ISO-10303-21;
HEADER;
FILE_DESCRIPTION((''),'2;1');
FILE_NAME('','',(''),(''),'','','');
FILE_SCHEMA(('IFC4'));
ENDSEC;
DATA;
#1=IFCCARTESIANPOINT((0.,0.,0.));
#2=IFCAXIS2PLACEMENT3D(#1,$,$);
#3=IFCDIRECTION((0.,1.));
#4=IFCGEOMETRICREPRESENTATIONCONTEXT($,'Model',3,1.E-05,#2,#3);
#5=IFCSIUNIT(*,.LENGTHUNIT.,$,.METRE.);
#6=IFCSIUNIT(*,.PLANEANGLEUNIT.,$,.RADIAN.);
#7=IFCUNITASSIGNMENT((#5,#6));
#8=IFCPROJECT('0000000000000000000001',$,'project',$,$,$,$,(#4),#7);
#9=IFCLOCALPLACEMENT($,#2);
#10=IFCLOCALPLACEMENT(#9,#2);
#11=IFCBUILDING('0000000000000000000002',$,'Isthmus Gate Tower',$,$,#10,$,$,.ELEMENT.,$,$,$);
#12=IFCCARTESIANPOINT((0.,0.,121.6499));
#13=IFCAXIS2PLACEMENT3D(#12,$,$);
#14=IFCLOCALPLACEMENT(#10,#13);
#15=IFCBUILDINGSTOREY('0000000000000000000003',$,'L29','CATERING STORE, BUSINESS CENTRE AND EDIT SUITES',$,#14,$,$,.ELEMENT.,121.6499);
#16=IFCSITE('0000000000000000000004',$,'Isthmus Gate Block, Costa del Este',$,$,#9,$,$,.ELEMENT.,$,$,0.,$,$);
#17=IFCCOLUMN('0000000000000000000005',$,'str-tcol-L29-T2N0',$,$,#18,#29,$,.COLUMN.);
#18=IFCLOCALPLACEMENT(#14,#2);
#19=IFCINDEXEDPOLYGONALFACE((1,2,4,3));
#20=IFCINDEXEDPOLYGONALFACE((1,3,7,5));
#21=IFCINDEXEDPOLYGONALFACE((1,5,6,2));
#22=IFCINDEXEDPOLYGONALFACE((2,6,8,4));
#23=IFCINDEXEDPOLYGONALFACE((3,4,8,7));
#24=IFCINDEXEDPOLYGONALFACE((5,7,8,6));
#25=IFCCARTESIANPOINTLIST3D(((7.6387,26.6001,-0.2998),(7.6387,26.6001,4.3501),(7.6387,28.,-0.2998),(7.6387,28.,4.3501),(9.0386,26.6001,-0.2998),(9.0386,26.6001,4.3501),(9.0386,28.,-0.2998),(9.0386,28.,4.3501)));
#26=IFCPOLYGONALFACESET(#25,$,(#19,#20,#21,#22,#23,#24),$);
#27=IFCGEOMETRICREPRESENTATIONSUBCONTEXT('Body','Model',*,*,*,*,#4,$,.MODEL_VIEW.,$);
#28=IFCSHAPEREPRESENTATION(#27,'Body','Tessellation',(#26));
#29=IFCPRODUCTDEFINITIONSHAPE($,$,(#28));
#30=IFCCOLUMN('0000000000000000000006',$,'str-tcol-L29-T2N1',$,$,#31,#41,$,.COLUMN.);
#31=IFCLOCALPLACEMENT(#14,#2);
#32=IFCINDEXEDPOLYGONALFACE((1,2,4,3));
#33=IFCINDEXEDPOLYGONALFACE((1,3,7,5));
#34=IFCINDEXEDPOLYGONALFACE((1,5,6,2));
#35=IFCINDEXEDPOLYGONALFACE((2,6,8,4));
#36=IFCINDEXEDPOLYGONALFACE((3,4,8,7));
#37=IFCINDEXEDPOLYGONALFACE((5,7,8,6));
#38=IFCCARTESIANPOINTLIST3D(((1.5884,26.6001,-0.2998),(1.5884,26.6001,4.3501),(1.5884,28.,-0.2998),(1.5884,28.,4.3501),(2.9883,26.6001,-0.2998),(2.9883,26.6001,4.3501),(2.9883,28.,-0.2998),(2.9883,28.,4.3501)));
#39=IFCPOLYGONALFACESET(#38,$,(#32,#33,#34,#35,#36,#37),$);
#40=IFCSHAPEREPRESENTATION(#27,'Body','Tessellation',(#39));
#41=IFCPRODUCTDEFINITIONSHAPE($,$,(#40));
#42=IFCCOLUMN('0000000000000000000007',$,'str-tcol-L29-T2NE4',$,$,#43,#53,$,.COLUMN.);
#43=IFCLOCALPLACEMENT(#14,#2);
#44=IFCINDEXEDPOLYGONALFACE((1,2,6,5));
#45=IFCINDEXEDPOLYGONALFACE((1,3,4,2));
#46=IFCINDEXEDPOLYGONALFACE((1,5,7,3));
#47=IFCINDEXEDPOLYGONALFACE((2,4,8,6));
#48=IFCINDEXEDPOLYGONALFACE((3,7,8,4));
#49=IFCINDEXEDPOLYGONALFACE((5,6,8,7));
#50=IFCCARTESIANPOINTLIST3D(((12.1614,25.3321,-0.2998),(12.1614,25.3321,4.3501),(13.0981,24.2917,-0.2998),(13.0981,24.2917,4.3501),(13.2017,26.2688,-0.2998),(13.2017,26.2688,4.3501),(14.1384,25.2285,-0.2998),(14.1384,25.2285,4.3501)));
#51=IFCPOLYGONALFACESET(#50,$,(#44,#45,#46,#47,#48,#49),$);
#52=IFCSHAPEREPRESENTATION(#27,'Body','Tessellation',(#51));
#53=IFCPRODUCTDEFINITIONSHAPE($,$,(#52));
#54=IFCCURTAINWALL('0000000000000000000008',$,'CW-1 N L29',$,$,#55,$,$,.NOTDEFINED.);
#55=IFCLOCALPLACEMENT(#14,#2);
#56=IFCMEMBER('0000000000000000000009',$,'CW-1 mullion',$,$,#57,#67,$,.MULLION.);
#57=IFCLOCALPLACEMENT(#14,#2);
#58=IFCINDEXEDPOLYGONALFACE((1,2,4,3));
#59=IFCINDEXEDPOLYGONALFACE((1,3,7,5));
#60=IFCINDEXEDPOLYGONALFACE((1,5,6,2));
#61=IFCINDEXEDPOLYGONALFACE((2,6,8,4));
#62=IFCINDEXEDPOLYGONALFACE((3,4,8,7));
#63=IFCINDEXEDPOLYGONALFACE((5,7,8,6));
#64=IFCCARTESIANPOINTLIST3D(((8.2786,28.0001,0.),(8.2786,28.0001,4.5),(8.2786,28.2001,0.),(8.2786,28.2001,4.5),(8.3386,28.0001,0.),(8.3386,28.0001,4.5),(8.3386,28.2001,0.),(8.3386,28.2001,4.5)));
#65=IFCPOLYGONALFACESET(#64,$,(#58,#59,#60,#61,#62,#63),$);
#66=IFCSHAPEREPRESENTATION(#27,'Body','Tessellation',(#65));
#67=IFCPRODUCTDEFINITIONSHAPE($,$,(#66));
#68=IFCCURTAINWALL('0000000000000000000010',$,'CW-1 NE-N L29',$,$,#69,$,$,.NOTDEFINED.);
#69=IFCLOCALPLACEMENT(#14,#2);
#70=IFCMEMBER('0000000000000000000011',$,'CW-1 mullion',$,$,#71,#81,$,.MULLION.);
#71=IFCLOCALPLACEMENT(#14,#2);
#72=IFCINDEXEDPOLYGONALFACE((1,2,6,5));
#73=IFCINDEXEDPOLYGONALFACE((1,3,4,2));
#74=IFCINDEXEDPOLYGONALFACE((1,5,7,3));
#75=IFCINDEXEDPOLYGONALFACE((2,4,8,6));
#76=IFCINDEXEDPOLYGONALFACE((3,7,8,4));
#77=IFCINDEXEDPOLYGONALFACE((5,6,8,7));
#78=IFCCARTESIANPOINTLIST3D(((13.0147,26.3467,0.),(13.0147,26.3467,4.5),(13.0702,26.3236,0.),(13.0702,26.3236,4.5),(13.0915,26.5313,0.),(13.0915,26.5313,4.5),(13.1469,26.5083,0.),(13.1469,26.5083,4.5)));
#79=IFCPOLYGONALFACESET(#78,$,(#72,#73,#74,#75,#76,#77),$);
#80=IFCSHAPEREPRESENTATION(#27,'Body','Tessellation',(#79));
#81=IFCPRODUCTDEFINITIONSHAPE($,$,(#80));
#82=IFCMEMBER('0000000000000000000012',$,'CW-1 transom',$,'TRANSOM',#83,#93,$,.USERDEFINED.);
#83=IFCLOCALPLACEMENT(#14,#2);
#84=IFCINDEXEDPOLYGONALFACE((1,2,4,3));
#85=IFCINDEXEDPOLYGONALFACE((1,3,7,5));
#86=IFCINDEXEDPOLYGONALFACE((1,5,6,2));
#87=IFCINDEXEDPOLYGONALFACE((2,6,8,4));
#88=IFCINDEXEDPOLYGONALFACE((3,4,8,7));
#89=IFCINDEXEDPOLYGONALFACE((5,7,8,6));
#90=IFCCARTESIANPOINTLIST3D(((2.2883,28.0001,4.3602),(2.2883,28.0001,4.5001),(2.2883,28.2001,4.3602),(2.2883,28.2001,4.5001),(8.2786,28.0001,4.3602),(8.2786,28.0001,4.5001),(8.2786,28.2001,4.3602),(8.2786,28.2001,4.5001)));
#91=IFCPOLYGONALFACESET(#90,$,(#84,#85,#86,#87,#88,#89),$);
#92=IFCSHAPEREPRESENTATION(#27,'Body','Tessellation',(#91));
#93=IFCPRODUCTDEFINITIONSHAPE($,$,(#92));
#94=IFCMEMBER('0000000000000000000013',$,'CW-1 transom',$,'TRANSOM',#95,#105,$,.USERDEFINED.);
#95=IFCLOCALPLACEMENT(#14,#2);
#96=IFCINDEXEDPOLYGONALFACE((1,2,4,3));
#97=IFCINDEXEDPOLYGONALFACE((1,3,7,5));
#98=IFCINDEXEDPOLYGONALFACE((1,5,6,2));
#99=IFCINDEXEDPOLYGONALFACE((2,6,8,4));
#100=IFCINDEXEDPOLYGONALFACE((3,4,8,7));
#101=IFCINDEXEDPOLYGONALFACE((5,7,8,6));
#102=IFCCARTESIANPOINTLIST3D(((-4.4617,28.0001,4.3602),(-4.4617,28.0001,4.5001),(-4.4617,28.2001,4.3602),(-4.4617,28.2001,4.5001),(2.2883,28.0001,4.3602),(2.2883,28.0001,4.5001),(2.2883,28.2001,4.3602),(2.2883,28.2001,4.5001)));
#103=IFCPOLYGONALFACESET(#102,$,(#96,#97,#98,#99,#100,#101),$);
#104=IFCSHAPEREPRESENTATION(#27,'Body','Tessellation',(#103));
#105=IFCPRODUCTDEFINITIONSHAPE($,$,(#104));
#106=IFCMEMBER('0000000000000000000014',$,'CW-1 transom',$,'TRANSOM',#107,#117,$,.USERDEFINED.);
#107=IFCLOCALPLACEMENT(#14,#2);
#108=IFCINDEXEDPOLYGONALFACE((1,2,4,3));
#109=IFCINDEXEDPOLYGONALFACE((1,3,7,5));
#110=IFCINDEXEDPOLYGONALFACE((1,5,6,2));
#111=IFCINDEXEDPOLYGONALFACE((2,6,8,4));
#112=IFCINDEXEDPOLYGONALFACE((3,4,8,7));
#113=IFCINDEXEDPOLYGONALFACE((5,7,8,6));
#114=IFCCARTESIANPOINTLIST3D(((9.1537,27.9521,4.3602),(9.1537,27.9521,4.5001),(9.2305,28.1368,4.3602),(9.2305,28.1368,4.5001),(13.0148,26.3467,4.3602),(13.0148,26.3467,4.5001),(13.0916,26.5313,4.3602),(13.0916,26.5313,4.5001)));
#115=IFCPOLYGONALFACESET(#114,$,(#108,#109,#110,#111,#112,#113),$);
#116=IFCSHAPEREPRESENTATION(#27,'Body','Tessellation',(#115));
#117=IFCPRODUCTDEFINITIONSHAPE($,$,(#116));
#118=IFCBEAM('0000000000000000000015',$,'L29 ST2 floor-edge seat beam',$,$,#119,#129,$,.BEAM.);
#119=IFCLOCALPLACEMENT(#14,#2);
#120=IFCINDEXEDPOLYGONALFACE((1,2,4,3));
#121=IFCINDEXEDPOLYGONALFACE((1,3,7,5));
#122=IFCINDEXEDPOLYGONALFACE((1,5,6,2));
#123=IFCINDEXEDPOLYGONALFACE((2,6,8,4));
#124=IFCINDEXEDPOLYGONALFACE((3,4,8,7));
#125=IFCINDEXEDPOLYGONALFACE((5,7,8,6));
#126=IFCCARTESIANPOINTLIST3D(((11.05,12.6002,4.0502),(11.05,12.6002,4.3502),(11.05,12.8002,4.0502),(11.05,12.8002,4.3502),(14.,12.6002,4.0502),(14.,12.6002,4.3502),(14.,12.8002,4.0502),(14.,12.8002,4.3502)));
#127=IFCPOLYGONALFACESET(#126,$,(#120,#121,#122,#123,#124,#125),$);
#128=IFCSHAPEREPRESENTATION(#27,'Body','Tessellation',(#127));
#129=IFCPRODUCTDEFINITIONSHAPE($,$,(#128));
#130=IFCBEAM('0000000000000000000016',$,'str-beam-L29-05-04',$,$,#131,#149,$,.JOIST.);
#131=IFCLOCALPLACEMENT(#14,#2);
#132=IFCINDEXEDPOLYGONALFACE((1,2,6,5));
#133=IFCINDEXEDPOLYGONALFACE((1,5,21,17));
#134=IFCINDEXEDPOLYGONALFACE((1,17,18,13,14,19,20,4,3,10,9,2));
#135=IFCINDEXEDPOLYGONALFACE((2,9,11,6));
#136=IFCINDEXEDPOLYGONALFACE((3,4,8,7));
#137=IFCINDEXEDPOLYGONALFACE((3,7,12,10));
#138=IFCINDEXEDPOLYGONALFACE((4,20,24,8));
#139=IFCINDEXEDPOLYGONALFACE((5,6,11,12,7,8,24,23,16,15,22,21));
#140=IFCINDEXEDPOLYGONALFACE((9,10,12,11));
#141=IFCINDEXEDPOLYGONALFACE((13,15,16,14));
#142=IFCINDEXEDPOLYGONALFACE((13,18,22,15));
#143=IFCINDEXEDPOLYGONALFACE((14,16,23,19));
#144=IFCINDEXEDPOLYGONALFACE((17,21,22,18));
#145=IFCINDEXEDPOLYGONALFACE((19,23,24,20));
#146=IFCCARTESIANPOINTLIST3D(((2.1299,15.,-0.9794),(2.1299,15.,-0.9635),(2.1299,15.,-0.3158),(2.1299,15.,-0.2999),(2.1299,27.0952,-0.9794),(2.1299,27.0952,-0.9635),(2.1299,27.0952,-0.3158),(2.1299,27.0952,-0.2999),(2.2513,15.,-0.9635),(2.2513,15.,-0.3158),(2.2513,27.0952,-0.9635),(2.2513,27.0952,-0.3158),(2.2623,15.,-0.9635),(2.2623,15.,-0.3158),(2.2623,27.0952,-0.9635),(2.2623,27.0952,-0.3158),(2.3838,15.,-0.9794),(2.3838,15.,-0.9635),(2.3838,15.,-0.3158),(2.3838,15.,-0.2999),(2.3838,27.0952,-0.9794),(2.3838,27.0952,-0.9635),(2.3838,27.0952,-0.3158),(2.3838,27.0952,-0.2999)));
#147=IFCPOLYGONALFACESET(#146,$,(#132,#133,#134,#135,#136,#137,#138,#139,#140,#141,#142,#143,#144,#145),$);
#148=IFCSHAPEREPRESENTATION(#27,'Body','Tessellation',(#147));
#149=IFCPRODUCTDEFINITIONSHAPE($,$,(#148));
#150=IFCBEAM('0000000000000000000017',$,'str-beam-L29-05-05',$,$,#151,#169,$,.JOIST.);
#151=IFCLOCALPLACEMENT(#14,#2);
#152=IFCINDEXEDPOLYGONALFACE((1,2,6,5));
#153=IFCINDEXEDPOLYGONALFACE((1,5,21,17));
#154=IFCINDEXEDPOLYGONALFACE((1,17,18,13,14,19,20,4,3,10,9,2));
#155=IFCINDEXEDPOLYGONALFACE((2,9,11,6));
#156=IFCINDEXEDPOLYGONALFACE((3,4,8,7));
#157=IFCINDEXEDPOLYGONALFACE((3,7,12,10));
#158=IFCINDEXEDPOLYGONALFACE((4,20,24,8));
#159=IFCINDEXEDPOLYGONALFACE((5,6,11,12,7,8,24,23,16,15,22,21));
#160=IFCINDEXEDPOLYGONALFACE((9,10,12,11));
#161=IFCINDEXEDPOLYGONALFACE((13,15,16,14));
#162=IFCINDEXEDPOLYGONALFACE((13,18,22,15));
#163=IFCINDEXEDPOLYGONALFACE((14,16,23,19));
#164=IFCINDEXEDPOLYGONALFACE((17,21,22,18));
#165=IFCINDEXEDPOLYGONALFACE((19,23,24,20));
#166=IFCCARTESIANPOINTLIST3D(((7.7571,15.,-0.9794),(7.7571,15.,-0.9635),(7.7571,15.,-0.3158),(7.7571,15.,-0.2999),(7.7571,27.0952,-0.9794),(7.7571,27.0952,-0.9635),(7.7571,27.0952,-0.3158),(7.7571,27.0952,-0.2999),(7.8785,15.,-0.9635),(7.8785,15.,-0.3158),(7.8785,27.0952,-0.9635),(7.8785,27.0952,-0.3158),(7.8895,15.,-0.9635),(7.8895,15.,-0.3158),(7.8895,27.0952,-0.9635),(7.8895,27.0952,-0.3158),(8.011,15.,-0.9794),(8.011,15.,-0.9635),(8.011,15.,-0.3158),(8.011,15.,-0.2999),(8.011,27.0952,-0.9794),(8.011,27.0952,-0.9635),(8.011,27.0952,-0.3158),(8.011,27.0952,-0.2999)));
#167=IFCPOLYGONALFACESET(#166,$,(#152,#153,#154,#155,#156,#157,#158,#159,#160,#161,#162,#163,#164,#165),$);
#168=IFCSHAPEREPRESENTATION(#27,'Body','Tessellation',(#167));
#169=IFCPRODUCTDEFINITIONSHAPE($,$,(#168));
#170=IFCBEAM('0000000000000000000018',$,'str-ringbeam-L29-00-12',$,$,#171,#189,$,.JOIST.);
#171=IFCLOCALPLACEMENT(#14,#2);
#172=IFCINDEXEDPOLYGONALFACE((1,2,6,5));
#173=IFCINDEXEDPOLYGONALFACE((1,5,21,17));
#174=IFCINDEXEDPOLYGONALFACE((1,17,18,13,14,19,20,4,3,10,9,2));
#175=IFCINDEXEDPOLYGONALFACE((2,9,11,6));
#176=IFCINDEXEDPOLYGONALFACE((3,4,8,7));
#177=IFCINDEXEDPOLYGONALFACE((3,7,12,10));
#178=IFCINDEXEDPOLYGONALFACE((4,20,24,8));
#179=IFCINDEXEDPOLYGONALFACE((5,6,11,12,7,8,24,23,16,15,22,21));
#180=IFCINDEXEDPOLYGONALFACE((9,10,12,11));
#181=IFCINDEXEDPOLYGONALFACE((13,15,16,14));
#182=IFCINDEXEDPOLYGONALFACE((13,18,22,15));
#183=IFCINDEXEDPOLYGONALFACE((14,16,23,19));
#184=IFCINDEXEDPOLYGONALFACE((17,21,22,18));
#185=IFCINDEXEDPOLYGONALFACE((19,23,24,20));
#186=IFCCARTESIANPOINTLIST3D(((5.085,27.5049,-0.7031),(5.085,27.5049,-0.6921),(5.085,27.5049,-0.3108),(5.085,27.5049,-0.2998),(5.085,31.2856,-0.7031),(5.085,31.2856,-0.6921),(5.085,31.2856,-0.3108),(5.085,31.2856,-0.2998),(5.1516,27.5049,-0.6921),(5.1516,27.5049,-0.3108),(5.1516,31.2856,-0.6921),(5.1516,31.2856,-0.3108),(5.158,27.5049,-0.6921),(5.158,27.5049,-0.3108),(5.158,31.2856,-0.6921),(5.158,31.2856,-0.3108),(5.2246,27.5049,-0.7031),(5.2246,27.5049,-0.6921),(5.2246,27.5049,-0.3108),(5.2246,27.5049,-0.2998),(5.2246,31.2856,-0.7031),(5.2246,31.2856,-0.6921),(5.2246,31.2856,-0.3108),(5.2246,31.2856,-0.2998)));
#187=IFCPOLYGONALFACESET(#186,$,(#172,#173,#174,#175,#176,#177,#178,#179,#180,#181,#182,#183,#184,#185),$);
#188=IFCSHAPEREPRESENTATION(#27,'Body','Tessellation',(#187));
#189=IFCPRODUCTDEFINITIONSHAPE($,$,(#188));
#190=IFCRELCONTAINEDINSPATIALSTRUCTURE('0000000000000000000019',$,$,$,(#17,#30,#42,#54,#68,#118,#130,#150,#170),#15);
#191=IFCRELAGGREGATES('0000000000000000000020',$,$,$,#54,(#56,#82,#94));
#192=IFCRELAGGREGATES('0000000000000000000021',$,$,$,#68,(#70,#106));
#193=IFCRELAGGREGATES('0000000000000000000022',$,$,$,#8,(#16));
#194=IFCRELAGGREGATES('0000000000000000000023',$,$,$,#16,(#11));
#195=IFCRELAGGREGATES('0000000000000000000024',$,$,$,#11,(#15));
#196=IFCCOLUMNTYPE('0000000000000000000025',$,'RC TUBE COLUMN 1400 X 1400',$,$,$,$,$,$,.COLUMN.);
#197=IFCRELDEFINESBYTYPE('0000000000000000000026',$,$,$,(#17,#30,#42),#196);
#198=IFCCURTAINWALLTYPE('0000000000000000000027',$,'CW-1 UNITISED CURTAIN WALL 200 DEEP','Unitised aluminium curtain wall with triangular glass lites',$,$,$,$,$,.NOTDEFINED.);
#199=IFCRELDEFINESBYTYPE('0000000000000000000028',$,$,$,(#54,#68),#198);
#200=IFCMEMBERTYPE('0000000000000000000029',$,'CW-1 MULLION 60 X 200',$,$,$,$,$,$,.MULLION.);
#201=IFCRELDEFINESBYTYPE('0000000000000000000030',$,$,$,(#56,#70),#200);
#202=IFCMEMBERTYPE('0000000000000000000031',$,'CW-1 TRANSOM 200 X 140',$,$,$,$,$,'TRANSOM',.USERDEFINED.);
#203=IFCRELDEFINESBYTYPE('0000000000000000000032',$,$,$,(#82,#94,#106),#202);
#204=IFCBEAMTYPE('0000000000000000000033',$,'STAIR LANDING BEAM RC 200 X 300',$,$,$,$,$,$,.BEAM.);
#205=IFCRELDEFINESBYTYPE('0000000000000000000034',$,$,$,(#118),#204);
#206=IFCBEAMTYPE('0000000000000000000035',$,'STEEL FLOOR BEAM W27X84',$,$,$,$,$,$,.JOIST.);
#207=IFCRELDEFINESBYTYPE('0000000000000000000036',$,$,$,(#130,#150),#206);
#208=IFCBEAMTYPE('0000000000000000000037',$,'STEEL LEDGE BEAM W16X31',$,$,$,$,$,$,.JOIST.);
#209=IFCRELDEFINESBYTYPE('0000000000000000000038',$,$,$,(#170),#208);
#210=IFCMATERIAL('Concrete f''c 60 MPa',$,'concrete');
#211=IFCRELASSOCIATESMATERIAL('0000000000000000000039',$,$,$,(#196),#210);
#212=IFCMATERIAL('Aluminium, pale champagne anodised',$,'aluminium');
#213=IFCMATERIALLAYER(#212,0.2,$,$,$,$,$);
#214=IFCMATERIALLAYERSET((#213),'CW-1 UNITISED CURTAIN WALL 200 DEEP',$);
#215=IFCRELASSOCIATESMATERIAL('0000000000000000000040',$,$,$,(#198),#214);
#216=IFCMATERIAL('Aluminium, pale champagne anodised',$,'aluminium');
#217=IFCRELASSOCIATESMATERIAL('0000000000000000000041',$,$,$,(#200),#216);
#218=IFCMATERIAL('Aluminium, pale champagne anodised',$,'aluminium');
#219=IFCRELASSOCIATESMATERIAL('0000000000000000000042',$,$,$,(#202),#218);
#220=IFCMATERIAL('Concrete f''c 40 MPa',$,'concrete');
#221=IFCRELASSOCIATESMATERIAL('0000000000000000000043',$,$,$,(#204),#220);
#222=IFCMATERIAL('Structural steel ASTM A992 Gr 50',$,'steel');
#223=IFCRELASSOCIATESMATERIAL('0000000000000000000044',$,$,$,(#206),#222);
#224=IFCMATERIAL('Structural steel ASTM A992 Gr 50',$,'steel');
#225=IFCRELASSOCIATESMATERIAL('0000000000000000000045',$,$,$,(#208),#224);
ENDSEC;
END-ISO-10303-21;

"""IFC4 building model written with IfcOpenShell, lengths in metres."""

from ifc_helpers import new_model, si_unit, direction, frame, origin, origin_2d, place, context, subcontext, project, spatial, rectangle, i_section, extrude, material, layer, layer_set, material_profile, profile_set, type_object, element, aggregate, save


model = new_model("IFC4")

# Units and contexts
model_context = context("Model", 3, precision=1e-05, world=origin(), true_north=direction((0.0, 1.0)))
body_context = subcontext(model_context, "Body", "Model", "MODEL_VIEW")
ifc_project = project(units=[si_unit("LENGTHUNIT", "METRE"), si_unit("PLANEANGLEUNIT", "RADIAN")], contexts=[model_context])

# Site, building, storey
site_placement = place(None, origin())
site = spatial("IfcSite", under=ifc_project, at=site_placement, Name="Isthmus Gate Block, Costa del Este", CompositionType="ELEMENT", RefElevation=0.0)
building_placement = place(site_placement, origin())
building = spatial("IfcBuilding", under=site, at=building_placement, Name="Isthmus Gate Tower", CompositionType="ELEMENT")
storey_placement = place(building_placement, frame((0.0, 0.0, 121.6499)))
storey = spatial("IfcBuildingStorey", under=building, at=storey_placement, Name="L29", Description="CATERING STORE, BUSINESS CENTRE AND EDIT SUITES", CompositionType="ELEMENT", Elevation=121.6499)

# Columns
ifc_material_1 = material(Name="Concrete f'c 60 MPa", Category="concrete")
ifc_material_profile_1 = material_profile(ifc_material_1, rectangle(XDim=1.3999, YDim=1.3999, at=origin_2d()), Name="RC 1400X1400")
ifc_profile_set_1 = profile_set([ifc_material_profile_1], Name="Concrete f'c 60 MPa")
column_type = type_object("IfcColumnType", Name="RC TUBE COLUMN 1400 X 1400", PredefinedType="COLUMN", material=ifc_profile_set_1)
for number, where, z_axis, x_axis, name in (
    (1, (8.3386, 27.3, -0.2998), (0.0, 0.0, 1.0), (-1.0, 0.0, 0.0), "str-tcol-L29-T2N0"),
    (2, (2.2883, 27.3, -0.2998), (0.0, 0.0, 1.0), (-1.0, 0.0, 0.0), "str-tcol-L29-T2N1"),
    (3, (13.1499, 25.2803, -0.2998), (0.0, 0.0, 1.0), (-0.669131, 0.743145, 0.0), "str-tcol-L29-T2NE4"),
):
    element("IfcColumn", number, at=place(storey_placement, frame(where, z_axis=z_axis, x_axis=x_axis)), inside=storey, type_object=column_type, Name=name, PredefinedType="COLUMN", context=body_context, shape_type="SweptSolid", body=[
        extrude(rectangle(XDim=1.3999, YDim=1.3999, at=origin_2d()), origin(), (0.0, 0.0, 1.0), 4.6499),
    ])

# Curtain walls, members
ifc_material_2 = material(Name="Aluminium, pale champagne anodised", Category="aluminium")
ifc_layer_1 = layer(ifc_material_2, 0.2)
ifc_layer_set_1 = layer_set([ifc_layer_1], Name="CW-1 UNITISED CURTAIN WALL 200 DEEP")
curtain_wall_type = type_object("IfcCurtainWallType", Name="CW-1 UNITISED CURTAIN WALL 200 DEEP", Description="Unitised aluminium curtain wall with triangular glass lites", PredefinedType="NOTDEFINED", material=ifc_layer_set_1)
curtain_wall_1_placement = place(storey_placement, origin())
curtain_wall_1 = element("IfcCurtainWall", 4, at=curtain_wall_1_placement, inside=storey, type_object=curtain_wall_type, Name="CW-1 N L29", PredefinedType="NOTDEFINED")
ifc_material_3 = material(Name="Aluminium, pale champagne anodised", Category="aluminium")
ifc_material_profile_2 = material_profile(ifc_material_3, rectangle(XDim=0.0601, YDim=0.2, at=origin_2d()), Name="60x200")
ifc_profile_set_2 = profile_set([ifc_material_profile_2], Name="Aluminium, pale champagne anodised")
member_type_1 = type_object("IfcMemberType", Name="CW-1 MULLION 60 X 200", PredefinedType="MULLION", material=ifc_profile_set_2)
member_1_placement = place(storey_placement, frame((8.3086, 28.1001, 0.0), z_axis=(0.0, 0.0, 1.0), x_axis=(-1.0, 0.0, 0.0)))
member_1 = element("IfcMember", 5, at=member_1_placement, type_object=member_type_1, Name="CW-1 mullion", PredefinedType="MULLION", context=body_context, shape_type="SweptSolid", body=[
    extrude(rectangle(XDim=0.0601, YDim=0.2, at=origin_2d()), origin(), (0.0, 0.0, 1.0), 4.5),
])
curtain_wall_2_placement = place(storey_placement, origin())
curtain_wall_2 = element("IfcCurtainWall", 6, at=curtain_wall_2_placement, inside=storey, type_object=curtain_wall_type, Name="CW-1 NE-N L29", PredefinedType="NOTDEFINED")
member_2_placement = place(storey_placement, frame((13.0808, 26.4275, 0.0), z_axis=(0.0, 0.0, 1.0), x_axis=(-0.923353, 0.383952, 0.0)))
member_2 = element("IfcMember", 7, at=member_2_placement, type_object=member_type_1, Name="CW-1 mullion", PredefinedType="MULLION", context=body_context, shape_type="SweptSolid", body=[
    extrude(rectangle(XDim=0.0601, YDim=0.2, at=origin_2d()), origin(), (0.0, 0.0, 1.0), 4.5),
])

# Members
ifc_material_4 = material(Name="Aluminium, pale champagne anodised", Category="aluminium")
ifc_material_profile_3 = material_profile(ifc_material_4, rectangle(XDim=0.2, YDim=0.1399, at=origin_2d()), Name="200x140")
ifc_profile_set_3 = profile_set([ifc_material_profile_3], Name="Aluminium, pale champagne anodised")
member_type_2 = type_object("IfcMemberType", Name="CW-1 TRANSOM 200 X 140", ElementType="TRANSOM", PredefinedType="USERDEFINED", material=ifc_profile_set_3)
member_3_placement = place(storey_placement, frame((8.2786, 28.1001, 4.4302), z_axis=(-1.0, 0.0, 0.0), x_axis=(0.0, -1.0, 0.0)))
member_3 = element("IfcMember", 8, at=member_3_placement, type_object=member_type_2, Name="CW-1 transom", ObjectType="TRANSOM", PredefinedType="USERDEFINED", context=body_context, shape_type="SweptSolid", body=[
    extrude(rectangle(XDim=0.2, YDim=0.1399, at=origin_2d()), origin(), (0.0, 0.0, 1.0), 5.9902),
])
member_4_placement = place(storey_placement, frame((2.2883, 28.1001, 4.4302), z_axis=(-1.0, 0.0, 0.0), x_axis=(0.0, -1.0, 0.0)))
member_4 = element("IfcMember", 9, at=member_4_placement, type_object=member_type_2, Name="CW-1 transom", ObjectType="TRANSOM", PredefinedType="USERDEFINED", context=body_context, shape_type="SweptSolid", body=[
    extrude(rectangle(XDim=0.2, YDim=0.1399, at=origin_2d()), origin(), (0.0, 0.0, 1.0), 6.75),
])
member_5_placement = place(storey_placement, frame((13.0532, 26.439, 4.4302), z_axis=(-0.923358, 0.38394, 0.0), x_axis=(-0.38394, -0.923358, 0.0)))
member_5 = element("IfcMember", 10, at=member_5_placement, type_object=member_type_2, Name="CW-1 transom", ObjectType="TRANSOM", PredefinedType="USERDEFINED", context=body_context, shape_type="SweptSolid", body=[
    extrude(rectangle(XDim=0.2, YDim=0.1399, at=origin_2d()), origin(), (0.0, 0.0, 1.0), 4.1816),
])

# Beams
ifc_material_5 = material(Name="Concrete f'c 40 MPa", Category="concrete")
ifc_material_profile_4 = material_profile(ifc_material_5, rectangle(XDim=0.2, YDim=0.3, at=origin_2d()), Name="STAIR LANDING BEAM RC 200 X 300")
ifc_profile_set_4 = profile_set([ifc_material_profile_4], Name="Concrete f'c 40 MPa")
beam_type_1 = type_object("IfcBeamType", Name="STAIR LANDING BEAM RC 200 X 300", PredefinedType="BEAM", material=ifc_profile_set_4)
beam_1_placement = place(storey_placement, frame((11.05, 12.7002, 4.2002), z_axis=(1.0, 0.0, 0.0), x_axis=(0.0, 1.0, 0.0)))
element("IfcBeam", 11, at=beam_1_placement, inside=storey, type_object=beam_type_1, Name="L29 ST2 floor-edge seat beam", PredefinedType="BEAM", context=body_context, shape_type="SweptSolid", body=[
    extrude(rectangle(XDim=0.2, YDim=0.3, at=origin_2d()), origin(), (0.0, 0.0, 1.0), 2.95),
])
ifc_material_6 = material(Name="Structural steel ASTM A992 Gr 50", Category="steel")
ifc_material_profile_5 = material_profile(ifc_material_6, i_section(OverallWidth=0.2539, OverallDepth=0.6794, WebThickness=0.011, FlangeThickness=0.0159, at=origin_2d()), Name="W27X84")
ifc_profile_set_5 = profile_set([ifc_material_profile_5], Name="Structural steel ASTM A992 Gr 50")
beam_type_2 = type_object("IfcBeamType", Name="STEEL FLOOR BEAM W27X84", PredefinedType="JOIST", material=ifc_profile_set_5)
for number, where, z_axis, x_axis, name in (
    (12, (2.2568, 15.0, -0.6396), (0.0, 1.0, 0.0), (-1.0, 0.0, 0.0), "str-beam-L29-05-04"),
    (13, (7.884, 15.0, -0.6396), (0.0, 1.0, 0.0), (-1.0, 0.0, 0.0), "str-beam-L29-05-05"),
):
    element("IfcBeam", number, at=place(storey_placement, frame(where, z_axis=z_axis, x_axis=x_axis)), inside=storey, type_object=beam_type_2, Name=name, PredefinedType="JOIST", context=body_context, shape_type="SweptSolid", body=[
        extrude(i_section(OverallWidth=0.2539, OverallDepth=0.6794, WebThickness=0.011, FlangeThickness=0.0159, at=origin_2d()), origin(), (0.0, 0.0, 1.0), 12.0952),
    ])
ifc_material_7 = material(Name="Structural steel ASTM A992 Gr 50", Category="steel")
ifc_material_profile_6 = material_profile(ifc_material_7, i_section(OverallWidth=0.1396, OverallDepth=0.4033, WebThickness=0.0063, FlangeThickness=0.011, at=origin_2d()), Name="W16X31")
ifc_profile_set_6 = profile_set([ifc_material_profile_6], Name="Structural steel ASTM A992 Gr 50")
beam_type_3 = type_object("IfcBeamType", Name="STEEL LEDGE BEAM W16X31", PredefinedType="JOIST", material=ifc_profile_set_6)
beam_2_placement = place(storey_placement, frame((5.1548, 27.5049, -0.5015), z_axis=(0.0, 1.0, 0.0), x_axis=(-1.0, 0.0, 0.0)))
element("IfcBeam", 14, at=beam_2_placement, inside=storey, type_object=beam_type_3, Name="str-ringbeam-L29-00-12", PredefinedType="JOIST", context=body_context, shape_type="SweptSolid", body=[
    extrude(i_section(OverallWidth=0.1396, OverallDepth=0.4033, WebThickness=0.0063, FlangeThickness=0.011, at=origin_2d()), origin(), (0.0, 0.0, 1.0), 3.7808),
])

aggregate(curtain_wall_1, [member_1, member_3, member_4])
aggregate(curtain_wall_2, [member_2, member_5])

save(model, "model.ifc")
